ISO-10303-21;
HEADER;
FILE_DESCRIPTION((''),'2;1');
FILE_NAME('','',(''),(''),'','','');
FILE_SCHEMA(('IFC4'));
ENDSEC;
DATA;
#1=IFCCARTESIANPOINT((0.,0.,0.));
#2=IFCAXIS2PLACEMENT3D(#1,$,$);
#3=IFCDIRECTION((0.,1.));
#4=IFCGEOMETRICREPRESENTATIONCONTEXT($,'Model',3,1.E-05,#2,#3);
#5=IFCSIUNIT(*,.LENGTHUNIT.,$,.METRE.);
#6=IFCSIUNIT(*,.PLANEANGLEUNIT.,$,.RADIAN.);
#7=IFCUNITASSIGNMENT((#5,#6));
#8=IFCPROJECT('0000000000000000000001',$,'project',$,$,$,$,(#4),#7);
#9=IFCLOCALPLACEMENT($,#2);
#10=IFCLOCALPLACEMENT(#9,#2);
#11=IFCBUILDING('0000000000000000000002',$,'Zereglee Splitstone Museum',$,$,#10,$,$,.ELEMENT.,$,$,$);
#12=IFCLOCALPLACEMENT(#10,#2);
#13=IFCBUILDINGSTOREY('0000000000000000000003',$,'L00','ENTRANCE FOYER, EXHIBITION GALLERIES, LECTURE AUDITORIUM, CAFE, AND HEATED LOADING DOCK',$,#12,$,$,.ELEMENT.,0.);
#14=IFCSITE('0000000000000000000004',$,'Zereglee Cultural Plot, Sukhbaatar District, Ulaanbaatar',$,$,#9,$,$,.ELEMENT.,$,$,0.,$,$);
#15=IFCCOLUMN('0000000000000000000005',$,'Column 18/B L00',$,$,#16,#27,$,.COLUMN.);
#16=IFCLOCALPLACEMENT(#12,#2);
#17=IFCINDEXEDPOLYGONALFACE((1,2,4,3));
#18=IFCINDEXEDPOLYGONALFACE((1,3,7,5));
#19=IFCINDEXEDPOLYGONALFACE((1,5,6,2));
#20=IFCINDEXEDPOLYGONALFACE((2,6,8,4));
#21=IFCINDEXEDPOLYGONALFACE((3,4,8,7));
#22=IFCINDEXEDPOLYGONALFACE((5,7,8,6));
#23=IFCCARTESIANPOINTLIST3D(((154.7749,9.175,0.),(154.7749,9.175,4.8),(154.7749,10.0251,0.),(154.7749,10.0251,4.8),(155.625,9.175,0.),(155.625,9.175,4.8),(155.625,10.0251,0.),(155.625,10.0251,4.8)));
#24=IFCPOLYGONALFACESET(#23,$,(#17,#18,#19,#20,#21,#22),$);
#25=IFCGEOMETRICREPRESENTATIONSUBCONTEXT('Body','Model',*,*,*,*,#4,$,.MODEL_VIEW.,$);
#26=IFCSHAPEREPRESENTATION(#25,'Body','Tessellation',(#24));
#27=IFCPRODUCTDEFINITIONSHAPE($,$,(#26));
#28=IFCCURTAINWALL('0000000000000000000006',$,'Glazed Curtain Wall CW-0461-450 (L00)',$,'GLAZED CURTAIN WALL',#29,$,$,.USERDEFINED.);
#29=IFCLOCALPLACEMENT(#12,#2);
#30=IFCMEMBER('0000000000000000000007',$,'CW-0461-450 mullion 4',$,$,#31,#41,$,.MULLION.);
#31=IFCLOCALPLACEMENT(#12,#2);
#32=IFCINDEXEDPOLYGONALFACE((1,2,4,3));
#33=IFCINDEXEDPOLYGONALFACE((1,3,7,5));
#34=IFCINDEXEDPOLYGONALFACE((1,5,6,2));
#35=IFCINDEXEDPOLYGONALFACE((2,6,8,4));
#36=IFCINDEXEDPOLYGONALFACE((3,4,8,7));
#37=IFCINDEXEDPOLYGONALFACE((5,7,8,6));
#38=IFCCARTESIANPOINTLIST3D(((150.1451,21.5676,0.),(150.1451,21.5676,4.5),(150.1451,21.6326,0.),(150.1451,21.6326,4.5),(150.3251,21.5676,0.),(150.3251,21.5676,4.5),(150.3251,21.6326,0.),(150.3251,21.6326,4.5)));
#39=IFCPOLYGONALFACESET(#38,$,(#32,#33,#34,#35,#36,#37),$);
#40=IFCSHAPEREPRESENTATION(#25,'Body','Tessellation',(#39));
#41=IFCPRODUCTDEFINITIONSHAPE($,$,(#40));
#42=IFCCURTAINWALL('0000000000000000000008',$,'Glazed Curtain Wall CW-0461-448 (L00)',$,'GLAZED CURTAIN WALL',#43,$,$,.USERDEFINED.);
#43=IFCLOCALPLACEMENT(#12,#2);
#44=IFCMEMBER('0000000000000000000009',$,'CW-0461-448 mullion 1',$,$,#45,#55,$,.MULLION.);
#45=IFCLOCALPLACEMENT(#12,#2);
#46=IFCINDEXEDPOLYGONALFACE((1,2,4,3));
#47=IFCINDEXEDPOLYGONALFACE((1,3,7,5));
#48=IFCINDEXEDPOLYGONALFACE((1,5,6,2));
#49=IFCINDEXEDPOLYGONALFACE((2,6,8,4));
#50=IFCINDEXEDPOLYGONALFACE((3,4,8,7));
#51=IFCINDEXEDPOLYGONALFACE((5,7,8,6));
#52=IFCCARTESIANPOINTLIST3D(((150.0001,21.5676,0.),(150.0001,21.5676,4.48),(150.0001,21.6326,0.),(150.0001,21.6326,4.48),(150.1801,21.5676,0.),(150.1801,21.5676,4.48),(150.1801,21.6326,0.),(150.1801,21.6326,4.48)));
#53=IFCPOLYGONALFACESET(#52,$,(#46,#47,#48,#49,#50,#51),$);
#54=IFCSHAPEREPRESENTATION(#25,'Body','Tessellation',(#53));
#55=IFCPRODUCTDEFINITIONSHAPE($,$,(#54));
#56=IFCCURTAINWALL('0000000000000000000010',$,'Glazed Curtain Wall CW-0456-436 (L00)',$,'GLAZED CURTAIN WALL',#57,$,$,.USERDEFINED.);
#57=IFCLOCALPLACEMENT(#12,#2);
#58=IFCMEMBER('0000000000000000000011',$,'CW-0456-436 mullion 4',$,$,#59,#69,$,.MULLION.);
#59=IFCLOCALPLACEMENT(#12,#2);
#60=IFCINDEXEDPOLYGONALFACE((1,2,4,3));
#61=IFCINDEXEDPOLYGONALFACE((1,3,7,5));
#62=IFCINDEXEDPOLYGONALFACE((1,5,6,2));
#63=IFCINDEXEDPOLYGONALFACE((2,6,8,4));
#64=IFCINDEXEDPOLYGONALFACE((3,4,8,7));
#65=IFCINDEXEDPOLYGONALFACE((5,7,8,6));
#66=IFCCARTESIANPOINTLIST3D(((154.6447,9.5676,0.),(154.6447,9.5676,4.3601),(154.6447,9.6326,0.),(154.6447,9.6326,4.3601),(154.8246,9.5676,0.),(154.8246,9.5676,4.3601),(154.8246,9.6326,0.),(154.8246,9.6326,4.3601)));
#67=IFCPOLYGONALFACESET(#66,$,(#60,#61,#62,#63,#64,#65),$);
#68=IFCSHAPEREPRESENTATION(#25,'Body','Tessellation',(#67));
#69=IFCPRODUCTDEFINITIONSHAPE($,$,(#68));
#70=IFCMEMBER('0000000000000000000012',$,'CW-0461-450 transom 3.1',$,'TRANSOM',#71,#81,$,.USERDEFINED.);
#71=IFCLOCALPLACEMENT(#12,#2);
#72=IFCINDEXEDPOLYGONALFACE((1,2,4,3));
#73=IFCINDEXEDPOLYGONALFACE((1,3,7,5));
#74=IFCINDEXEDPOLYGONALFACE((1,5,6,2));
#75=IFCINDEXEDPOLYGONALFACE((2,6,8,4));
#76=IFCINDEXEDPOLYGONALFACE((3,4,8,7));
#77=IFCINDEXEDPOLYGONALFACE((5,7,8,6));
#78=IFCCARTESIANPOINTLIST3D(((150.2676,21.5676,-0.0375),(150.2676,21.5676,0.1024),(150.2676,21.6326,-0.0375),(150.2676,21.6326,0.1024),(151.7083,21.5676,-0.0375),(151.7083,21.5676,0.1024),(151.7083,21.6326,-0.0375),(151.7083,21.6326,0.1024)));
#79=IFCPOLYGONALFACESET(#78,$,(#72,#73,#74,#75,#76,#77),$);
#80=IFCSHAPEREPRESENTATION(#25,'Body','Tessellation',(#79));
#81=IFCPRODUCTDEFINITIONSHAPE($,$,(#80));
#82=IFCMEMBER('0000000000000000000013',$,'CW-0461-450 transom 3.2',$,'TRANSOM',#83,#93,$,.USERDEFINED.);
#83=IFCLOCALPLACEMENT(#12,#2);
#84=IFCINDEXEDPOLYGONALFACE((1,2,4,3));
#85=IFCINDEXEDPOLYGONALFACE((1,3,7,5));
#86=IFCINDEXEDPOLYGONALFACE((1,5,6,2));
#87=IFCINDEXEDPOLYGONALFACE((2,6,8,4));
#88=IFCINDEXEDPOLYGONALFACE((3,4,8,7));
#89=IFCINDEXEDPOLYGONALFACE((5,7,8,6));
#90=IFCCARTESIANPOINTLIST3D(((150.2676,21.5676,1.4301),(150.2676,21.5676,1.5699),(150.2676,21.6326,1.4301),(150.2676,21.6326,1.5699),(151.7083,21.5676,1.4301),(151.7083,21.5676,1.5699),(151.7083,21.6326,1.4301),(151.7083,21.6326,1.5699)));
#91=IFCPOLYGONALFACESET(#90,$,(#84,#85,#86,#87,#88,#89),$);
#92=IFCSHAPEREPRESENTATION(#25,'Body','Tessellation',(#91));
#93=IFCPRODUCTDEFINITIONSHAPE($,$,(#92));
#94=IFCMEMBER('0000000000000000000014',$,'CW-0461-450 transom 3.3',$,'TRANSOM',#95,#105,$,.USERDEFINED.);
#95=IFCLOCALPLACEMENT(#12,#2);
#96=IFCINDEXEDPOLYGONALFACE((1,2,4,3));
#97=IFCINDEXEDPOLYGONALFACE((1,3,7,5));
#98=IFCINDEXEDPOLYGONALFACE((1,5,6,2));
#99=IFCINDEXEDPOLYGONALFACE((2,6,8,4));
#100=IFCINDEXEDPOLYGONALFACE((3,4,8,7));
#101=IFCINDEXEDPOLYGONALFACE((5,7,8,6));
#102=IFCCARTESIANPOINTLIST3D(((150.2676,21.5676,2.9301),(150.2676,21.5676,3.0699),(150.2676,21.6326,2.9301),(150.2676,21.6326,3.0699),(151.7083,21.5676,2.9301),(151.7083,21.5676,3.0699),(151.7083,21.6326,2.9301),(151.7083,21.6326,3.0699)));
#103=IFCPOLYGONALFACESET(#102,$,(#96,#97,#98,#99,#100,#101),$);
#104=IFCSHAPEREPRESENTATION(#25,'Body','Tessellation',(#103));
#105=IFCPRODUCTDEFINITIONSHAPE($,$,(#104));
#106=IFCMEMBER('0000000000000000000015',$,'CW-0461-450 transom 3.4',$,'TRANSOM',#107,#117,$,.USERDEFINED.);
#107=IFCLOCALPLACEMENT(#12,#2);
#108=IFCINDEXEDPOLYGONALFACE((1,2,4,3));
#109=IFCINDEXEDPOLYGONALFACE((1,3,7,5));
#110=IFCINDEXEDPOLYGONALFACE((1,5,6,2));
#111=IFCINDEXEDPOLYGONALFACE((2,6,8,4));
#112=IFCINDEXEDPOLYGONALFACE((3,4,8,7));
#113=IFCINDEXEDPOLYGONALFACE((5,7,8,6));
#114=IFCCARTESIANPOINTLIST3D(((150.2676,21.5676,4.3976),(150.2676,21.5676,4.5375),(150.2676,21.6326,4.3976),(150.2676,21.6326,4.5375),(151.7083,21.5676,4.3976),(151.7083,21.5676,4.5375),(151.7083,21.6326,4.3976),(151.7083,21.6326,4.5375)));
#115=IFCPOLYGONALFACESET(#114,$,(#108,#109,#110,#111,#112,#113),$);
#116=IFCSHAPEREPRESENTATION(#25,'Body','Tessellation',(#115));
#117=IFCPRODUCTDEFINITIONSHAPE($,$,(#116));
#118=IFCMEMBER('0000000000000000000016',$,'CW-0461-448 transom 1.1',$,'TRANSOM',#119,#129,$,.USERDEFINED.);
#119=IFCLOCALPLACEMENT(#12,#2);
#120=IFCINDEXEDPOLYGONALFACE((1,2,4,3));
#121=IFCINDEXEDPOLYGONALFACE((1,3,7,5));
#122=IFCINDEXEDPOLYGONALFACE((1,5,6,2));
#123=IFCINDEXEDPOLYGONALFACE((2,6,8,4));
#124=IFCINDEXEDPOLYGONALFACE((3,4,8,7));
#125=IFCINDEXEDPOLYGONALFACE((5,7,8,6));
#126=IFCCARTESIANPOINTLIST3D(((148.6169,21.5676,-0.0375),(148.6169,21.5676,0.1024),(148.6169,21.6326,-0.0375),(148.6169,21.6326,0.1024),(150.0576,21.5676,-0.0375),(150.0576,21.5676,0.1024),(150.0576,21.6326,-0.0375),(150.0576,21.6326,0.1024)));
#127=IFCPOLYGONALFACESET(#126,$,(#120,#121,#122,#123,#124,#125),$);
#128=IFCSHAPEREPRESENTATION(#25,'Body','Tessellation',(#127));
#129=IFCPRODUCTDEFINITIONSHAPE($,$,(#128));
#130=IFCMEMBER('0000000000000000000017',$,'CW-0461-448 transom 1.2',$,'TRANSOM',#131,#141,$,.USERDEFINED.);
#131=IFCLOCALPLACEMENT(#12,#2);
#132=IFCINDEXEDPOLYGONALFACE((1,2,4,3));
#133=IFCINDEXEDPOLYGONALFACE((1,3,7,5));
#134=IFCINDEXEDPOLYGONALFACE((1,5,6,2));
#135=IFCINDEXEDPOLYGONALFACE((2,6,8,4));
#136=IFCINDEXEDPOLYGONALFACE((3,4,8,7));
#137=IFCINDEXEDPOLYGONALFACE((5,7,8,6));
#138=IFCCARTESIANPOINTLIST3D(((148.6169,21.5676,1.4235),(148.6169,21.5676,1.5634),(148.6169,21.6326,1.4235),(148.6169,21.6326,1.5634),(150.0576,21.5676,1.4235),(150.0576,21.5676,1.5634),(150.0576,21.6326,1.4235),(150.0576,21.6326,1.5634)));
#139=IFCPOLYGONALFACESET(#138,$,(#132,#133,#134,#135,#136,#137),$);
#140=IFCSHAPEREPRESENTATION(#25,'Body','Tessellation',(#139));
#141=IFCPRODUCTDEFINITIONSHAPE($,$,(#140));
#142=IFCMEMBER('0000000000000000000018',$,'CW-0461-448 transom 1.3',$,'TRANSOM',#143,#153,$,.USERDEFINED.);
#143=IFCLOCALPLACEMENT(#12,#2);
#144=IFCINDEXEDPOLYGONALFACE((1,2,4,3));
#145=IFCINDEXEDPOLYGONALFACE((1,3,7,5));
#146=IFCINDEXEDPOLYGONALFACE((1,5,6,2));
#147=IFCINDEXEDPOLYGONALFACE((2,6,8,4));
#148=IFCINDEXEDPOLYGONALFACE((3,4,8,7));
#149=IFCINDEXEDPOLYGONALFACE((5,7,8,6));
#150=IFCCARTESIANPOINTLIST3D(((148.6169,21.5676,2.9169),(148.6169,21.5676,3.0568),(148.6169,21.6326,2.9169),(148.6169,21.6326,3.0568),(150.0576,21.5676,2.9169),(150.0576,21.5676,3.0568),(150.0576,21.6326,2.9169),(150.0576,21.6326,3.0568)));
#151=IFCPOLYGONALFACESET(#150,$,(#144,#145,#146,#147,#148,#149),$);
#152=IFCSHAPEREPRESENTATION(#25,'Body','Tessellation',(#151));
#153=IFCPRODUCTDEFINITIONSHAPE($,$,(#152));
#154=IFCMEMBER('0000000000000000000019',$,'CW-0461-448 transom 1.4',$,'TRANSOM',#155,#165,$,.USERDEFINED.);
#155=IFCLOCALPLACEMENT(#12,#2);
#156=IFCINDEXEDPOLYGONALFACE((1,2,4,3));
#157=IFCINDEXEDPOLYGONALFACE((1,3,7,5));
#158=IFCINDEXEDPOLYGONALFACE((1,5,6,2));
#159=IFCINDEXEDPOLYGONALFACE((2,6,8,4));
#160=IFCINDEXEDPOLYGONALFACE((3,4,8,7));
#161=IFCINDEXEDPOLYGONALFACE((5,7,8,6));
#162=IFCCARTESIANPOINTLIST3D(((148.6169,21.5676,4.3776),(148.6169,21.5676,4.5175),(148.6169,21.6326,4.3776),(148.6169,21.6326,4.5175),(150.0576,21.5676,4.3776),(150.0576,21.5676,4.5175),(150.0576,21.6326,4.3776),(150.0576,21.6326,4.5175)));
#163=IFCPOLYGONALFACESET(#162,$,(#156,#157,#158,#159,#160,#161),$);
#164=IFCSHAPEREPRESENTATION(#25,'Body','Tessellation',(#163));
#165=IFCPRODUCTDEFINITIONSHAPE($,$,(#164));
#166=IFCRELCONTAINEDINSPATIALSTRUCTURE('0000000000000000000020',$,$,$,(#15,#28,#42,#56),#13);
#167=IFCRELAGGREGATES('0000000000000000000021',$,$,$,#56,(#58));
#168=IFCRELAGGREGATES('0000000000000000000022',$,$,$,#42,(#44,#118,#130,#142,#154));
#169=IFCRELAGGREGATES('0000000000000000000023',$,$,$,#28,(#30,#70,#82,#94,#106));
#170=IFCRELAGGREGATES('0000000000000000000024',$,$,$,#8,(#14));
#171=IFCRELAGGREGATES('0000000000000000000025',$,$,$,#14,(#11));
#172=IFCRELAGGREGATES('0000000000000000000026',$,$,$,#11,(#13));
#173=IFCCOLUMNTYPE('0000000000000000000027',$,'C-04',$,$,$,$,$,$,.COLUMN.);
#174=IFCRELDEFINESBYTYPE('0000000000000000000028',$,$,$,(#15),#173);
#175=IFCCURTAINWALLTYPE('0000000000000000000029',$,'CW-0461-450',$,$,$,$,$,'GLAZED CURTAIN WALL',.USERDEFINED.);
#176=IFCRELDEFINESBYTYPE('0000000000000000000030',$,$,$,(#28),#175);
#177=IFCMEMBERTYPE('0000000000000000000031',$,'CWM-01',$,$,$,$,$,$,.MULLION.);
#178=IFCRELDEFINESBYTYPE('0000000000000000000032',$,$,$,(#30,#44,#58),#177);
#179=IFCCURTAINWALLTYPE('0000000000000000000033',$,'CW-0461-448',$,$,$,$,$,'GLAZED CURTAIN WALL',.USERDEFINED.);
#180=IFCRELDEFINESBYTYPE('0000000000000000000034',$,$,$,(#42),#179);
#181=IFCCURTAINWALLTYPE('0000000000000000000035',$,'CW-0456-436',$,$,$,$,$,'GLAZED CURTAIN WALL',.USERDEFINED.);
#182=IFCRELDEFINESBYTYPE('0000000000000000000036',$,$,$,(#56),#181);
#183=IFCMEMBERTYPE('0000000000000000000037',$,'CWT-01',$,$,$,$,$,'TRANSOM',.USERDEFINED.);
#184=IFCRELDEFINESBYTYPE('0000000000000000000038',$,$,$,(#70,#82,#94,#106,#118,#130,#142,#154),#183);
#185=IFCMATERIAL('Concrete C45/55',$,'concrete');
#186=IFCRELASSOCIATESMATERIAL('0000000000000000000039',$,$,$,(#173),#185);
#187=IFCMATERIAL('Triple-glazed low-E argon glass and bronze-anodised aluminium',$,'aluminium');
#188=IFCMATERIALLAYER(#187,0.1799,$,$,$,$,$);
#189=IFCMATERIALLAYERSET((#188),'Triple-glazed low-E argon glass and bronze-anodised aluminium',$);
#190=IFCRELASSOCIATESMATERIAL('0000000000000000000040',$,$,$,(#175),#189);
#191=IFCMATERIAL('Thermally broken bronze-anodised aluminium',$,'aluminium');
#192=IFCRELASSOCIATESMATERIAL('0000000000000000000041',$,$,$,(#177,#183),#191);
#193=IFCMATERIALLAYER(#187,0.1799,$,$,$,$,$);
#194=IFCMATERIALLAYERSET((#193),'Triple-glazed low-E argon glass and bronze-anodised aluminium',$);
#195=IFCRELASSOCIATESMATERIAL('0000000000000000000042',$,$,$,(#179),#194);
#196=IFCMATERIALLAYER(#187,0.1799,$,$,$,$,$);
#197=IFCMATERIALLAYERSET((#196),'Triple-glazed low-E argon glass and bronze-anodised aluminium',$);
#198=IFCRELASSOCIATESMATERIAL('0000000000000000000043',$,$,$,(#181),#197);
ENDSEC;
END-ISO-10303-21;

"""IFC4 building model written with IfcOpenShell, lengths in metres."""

from ifc_helpers import new_model, si_unit, direction, frame, origin, origin_2d, place, context, subcontext, project, spatial, rectangle, extrude, material, layer, layer_set, material_profile, profile_set, type_object, element, aggregate, save


model = new_model("IFC4")

# Units and contexts
model_context = context("Model", 3, precision=1e-05, world=origin(), true_north=direction((0.0, 1.0)))
body_context = subcontext(model_context, "Body", "Model", "MODEL_VIEW")
ifc_project = project(units=[si_unit("LENGTHUNIT", "METRE"), si_unit("PLANEANGLEUNIT", "RADIAN")], contexts=[model_context])

# Site, building, storey
site_placement = place(None, origin())
site = spatial("IfcSite", under=ifc_project, at=site_placement, Name="Zereglee Cultural Plot, Sukhbaatar District, Ulaanbaatar", CompositionType="ELEMENT", RefElevation=0.0)
building_placement = place(site_placement, origin())
building = spatial("IfcBuilding", under=site, at=building_placement, Name="Zereglee Splitstone Museum", CompositionType="ELEMENT")
storey_placement = place(building_placement, origin())
storey = spatial("IfcBuildingStorey", under=building, at=storey_placement, Name="L00", Description="ENTRANCE FOYER, EXHIBITION GALLERIES, LECTURE AUDITORIUM, CAFE, AND HEATED LOADING DOCK", CompositionType="ELEMENT", Elevation=0.0)

# Column
ifc_material_1 = material(Name="Concrete C45/55", Category="concrete")
ifc_material_profile_1 = material_profile(ifc_material_1, rectangle(XDim=0.8501, YDim=0.8501, at=origin_2d()), Name="RC 850x850")
ifc_profile_set_1 = profile_set([ifc_material_profile_1], Name="Concrete C45/55")
column_type = type_object("IfcColumnType", Name="C-04", PredefinedType="COLUMN", material=ifc_profile_set_1)
column_placement = place(storey_placement, frame((155.2, 9.6001, 0.0), z_axis=(0.0, 0.0, 1.0), x_axis=(1.0, 0.0, 0.0)))
element("IfcColumn", 1, at=column_placement, inside=storey, type_object=column_type, Name="Column 18/B L00", PredefinedType="COLUMN", context=body_context, shape_type="SweptSolid", body=[
    extrude(rectangle(XDim=0.8501, YDim=0.8501, at=origin_2d()), origin(), (0.0, 0.0, 1.0), 4.8),
])

# Curtain walls, members
ifc_material_2 = material(Name="Triple-glazed low-E argon glass and bronze-anodised aluminium", Category="aluminium")
ifc_layer_1 = layer(ifc_material_2, 0.1799)
ifc_layer_set_1 = layer_set([ifc_layer_1], Name="Triple-glazed low-E argon glass and bronze-anodised aluminium")
curtain_wall_type_1 = type_object("IfcCurtainWallType", Name="CW-0461-450", ElementType="GLAZED CURTAIN WALL", PredefinedType="USERDEFINED", material=ifc_layer_set_1)
curtain_wall_1_placement = place(storey_placement, origin())
curtain_wall_1 = element("IfcCurtainWall", 2, at=curtain_wall_1_placement, inside=storey, type_object=curtain_wall_type_1, Name="Glazed Curtain Wall CW-0461-450 (L00)", ObjectType="GLAZED CURTAIN WALL", PredefinedType="USERDEFINED")
ifc_material_3 = material(Name="Thermally broken bronze-anodised aluminium", Category="aluminium")
ifc_material_profile_2 = material_profile(ifc_material_3, rectangle(XDim=0.0649, YDim=0.1799, at=origin_2d()), Name="CW MULL 65x180")
ifc_profile_set_2 = profile_set([ifc_material_profile_2], Name="Thermally broken bronze-anodised aluminium")
member_type_1 = type_object("IfcMemberType", Name="CWM-01", PredefinedType="MULLION", material=ifc_profile_set_2)
member_1_placement = place(storey_placement, frame((150.2351, 21.6001, 0.0), z_axis=(0.0, 0.0, 1.0), x_axis=(0.0, -1.0, 0.0)))
member_1 = element("IfcMember", 3, at=member_1_placement, type_object=member_type_1, Name="CW-0461-450 mullion 4", PredefinedType="MULLION", context=body_context, shape_type="SweptSolid", body=[
    extrude(rectangle(XDim=0.0649, YDim=0.1799, at=origin_2d()), origin(), (0.0, 0.0, 1.0), 4.5),
])
ifc_layer_2 = layer(ifc_material_2, 0.1799)
ifc_layer_set_2 = layer_set([ifc_layer_2], Name="Triple-glazed low-E argon glass and bronze-anodised aluminium")
curtain_wall_type_2 = type_object("IfcCurtainWallType", Name="CW-0461-448", ElementType="GLAZED CURTAIN WALL", PredefinedType="USERDEFINED", material=ifc_layer_set_2)
curtain_wall_2_placement = place(storey_placement, origin())
curtain_wall_2 = element("IfcCurtainWall", 4, at=curtain_wall_2_placement, inside=storey, type_object=curtain_wall_type_2, Name="Glazed Curtain Wall CW-0461-448 (L00)", ObjectType="GLAZED CURTAIN WALL", PredefinedType="USERDEFINED")
member_2_placement = place(storey_placement, frame((150.0901, 21.6001, 0.0), z_axis=(0.0, 0.0, 1.0), x_axis=(0.0, -1.0, 0.0)))
member_2 = element("IfcMember", 5, at=member_2_placement, type_object=member_type_1, Name="CW-0461-448 mullion 1", PredefinedType="MULLION", context=body_context, shape_type="SweptSolid", body=[
    extrude(rectangle(XDim=0.0649, YDim=0.1799, at=origin_2d()), origin(), (0.0, 0.0, 1.0), 4.48),
])
ifc_layer_3 = layer(ifc_material_2, 0.1799)
ifc_layer_set_3 = layer_set([ifc_layer_3], Name="Triple-glazed low-E argon glass and bronze-anodised aluminium")
curtain_wall_type_3 = type_object("IfcCurtainWallType", Name="CW-0456-436", ElementType="GLAZED CURTAIN WALL", PredefinedType="USERDEFINED", material=ifc_layer_set_3)
curtain_wall_3_placement = place(storey_placement, origin())
curtain_wall_3 = element("IfcCurtainWall", 6, at=curtain_wall_3_placement, inside=storey, type_object=curtain_wall_type_3, Name="Glazed Curtain Wall CW-0456-436 (L00)", ObjectType="GLAZED CURTAIN WALL", PredefinedType="USERDEFINED")
member_3_placement = place(storey_placement, frame((154.7346, 9.6001, 0.0), z_axis=(0.0, 0.0, 1.0), x_axis=(0.0, 1.0, 0.0)))
member_3 = element("IfcMember", 7, at=member_3_placement, type_object=member_type_1, Name="CW-0456-436 mullion 4", PredefinedType="MULLION", context=body_context, shape_type="SweptSolid", body=[
    extrude(rectangle(XDim=0.0649, YDim=0.1799, at=origin_2d()), origin(), (0.0, 0.0, 1.0), 4.3601),
])
aggregate(curtain_wall_3, [member_3])

# Members
ifc_material_profile_3 = material_profile(ifc_material_3, rectangle(XDim=0.0649, YDim=0.1399, at=origin_2d()), Name="CW TRAN 65x140")
ifc_profile_set_3 = profile_set([ifc_material_profile_3], Name="Thermally broken bronze-anodised aluminium")
member_type_2 = type_object("IfcMemberType", Name="CWT-01", ElementType="TRANSOM", PredefinedType="USERDEFINED", material=ifc_profile_set_3)
member_4_placement = place(storey_placement, frame((151.7083, 21.6001, 0.0325), z_axis=(-1.0, 0.0, 0.0), x_axis=(0.0, -1.0, 0.0)))
member_4 = element("IfcMember", 8, at=member_4_placement, type_object=member_type_2, Name="CW-0461-450 transom 3.1", ObjectType="TRANSOM", PredefinedType="USERDEFINED", context=body_context, shape_type="SweptSolid", body=[
    extrude(rectangle(XDim=0.0649, YDim=0.1399, at=origin_2d()), origin(), (0.0, 0.0, 1.0), 1.4407),
])
member_5_placement = place(storey_placement, frame((151.7083, 21.6001, 1.5), z_axis=(-1.0, 0.0, 0.0), x_axis=(0.0, -1.0, 0.0)))
member_5 = element("IfcMember", 9, at=member_5_placement, type_object=member_type_2, Name="CW-0461-450 transom 3.2", ObjectType="TRANSOM", PredefinedType="USERDEFINED", context=body_context, shape_type="SweptSolid", body=[
    extrude(rectangle(XDim=0.0649, YDim=0.1399, at=origin_2d()), origin(), (0.0, 0.0, 1.0), 1.4407),
])
member_6_placement = place(storey_placement, frame((151.7083, 21.6001, 3.0), z_axis=(-1.0, 0.0, 0.0), x_axis=(0.0, -1.0, 0.0)))
member_6 = element("IfcMember", 10, at=member_6_placement, type_object=member_type_2, Name="CW-0461-450 transom 3.3", ObjectType="TRANSOM", PredefinedType="USERDEFINED", context=body_context, shape_type="SweptSolid", body=[
    extrude(rectangle(XDim=0.0649, YDim=0.1399, at=origin_2d()), origin(), (0.0, 0.0, 1.0), 1.4407),
])
member_7_placement = place(storey_placement, frame((151.7083, 21.6001, 4.4675), z_axis=(-1.0, 0.0, 0.0), x_axis=(0.0, -1.0, 0.0)))
member_7 = element("IfcMember", 11, at=member_7_placement, type_object=member_type_2, Name="CW-0461-450 transom 3.4", ObjectType="TRANSOM", PredefinedType="USERDEFINED", context=body_context, shape_type="SweptSolid", body=[
    extrude(rectangle(XDim=0.0649, YDim=0.1399, at=origin_2d()), origin(), (0.0, 0.0, 1.0), 1.4407),
])
member_8_placement = place(storey_placement, frame((150.0576, 21.6001, 0.0325), z_axis=(-1.0, 0.0, 0.0), x_axis=(0.0, -1.0, 0.0)))
member_8 = element("IfcMember", 12, at=member_8_placement, type_object=member_type_2, Name="CW-0461-448 transom 1.1", ObjectType="TRANSOM", PredefinedType="USERDEFINED", context=body_context, shape_type="SweptSolid", body=[
    extrude(rectangle(XDim=0.0649, YDim=0.1399, at=origin_2d()), origin(), (0.0, 0.0, 1.0), 1.4407),
])
member_9_placement = place(storey_placement, frame((150.0576, 21.6001, 1.4934), z_axis=(-1.0, 0.0, 0.0), x_axis=(0.0, -1.0, 0.0)))
member_9 = element("IfcMember", 13, at=member_9_placement, type_object=member_type_2, Name="CW-0461-448 transom 1.2", ObjectType="TRANSOM", PredefinedType="USERDEFINED", context=body_context, shape_type="SweptSolid", body=[
    extrude(rectangle(XDim=0.0649, YDim=0.1399, at=origin_2d()), origin(), (0.0, 0.0, 1.0), 1.4407),
])
member_10_placement = place(storey_placement, frame((150.0576, 21.6001, 2.9868), z_axis=(-1.0, 0.0, 0.0), x_axis=(0.0, -1.0, 0.0)))
member_10 = element("IfcMember", 14, at=member_10_placement, type_object=member_type_2, Name="CW-0461-448 transom 1.3", ObjectType="TRANSOM", PredefinedType="USERDEFINED", context=body_context, shape_type="SweptSolid", body=[
    extrude(rectangle(XDim=0.0649, YDim=0.1399, at=origin_2d()), origin(), (0.0, 0.0, 1.0), 1.4407),
])
member_11_placement = place(storey_placement, frame((150.0576, 21.6001, 4.4475), z_axis=(-1.0, 0.0, 0.0), x_axis=(0.0, -1.0, 0.0)))
member_11 = element("IfcMember", 15, at=member_11_placement, type_object=member_type_2, Name="CW-0461-448 transom 1.4", ObjectType="TRANSOM", PredefinedType="USERDEFINED", context=body_context, shape_type="SweptSolid", body=[
    extrude(rectangle(XDim=0.0649, YDim=0.1399, at=origin_2d()), origin(), (0.0, 0.0, 1.0), 1.4407),
])
aggregate(curtain_wall_2, [member_2, member_8, member_9, member_10, member_11])

aggregate(curtain_wall_1, [member_1, member_4, member_5, member_6, member_7])

save(model, "model.ifc")
